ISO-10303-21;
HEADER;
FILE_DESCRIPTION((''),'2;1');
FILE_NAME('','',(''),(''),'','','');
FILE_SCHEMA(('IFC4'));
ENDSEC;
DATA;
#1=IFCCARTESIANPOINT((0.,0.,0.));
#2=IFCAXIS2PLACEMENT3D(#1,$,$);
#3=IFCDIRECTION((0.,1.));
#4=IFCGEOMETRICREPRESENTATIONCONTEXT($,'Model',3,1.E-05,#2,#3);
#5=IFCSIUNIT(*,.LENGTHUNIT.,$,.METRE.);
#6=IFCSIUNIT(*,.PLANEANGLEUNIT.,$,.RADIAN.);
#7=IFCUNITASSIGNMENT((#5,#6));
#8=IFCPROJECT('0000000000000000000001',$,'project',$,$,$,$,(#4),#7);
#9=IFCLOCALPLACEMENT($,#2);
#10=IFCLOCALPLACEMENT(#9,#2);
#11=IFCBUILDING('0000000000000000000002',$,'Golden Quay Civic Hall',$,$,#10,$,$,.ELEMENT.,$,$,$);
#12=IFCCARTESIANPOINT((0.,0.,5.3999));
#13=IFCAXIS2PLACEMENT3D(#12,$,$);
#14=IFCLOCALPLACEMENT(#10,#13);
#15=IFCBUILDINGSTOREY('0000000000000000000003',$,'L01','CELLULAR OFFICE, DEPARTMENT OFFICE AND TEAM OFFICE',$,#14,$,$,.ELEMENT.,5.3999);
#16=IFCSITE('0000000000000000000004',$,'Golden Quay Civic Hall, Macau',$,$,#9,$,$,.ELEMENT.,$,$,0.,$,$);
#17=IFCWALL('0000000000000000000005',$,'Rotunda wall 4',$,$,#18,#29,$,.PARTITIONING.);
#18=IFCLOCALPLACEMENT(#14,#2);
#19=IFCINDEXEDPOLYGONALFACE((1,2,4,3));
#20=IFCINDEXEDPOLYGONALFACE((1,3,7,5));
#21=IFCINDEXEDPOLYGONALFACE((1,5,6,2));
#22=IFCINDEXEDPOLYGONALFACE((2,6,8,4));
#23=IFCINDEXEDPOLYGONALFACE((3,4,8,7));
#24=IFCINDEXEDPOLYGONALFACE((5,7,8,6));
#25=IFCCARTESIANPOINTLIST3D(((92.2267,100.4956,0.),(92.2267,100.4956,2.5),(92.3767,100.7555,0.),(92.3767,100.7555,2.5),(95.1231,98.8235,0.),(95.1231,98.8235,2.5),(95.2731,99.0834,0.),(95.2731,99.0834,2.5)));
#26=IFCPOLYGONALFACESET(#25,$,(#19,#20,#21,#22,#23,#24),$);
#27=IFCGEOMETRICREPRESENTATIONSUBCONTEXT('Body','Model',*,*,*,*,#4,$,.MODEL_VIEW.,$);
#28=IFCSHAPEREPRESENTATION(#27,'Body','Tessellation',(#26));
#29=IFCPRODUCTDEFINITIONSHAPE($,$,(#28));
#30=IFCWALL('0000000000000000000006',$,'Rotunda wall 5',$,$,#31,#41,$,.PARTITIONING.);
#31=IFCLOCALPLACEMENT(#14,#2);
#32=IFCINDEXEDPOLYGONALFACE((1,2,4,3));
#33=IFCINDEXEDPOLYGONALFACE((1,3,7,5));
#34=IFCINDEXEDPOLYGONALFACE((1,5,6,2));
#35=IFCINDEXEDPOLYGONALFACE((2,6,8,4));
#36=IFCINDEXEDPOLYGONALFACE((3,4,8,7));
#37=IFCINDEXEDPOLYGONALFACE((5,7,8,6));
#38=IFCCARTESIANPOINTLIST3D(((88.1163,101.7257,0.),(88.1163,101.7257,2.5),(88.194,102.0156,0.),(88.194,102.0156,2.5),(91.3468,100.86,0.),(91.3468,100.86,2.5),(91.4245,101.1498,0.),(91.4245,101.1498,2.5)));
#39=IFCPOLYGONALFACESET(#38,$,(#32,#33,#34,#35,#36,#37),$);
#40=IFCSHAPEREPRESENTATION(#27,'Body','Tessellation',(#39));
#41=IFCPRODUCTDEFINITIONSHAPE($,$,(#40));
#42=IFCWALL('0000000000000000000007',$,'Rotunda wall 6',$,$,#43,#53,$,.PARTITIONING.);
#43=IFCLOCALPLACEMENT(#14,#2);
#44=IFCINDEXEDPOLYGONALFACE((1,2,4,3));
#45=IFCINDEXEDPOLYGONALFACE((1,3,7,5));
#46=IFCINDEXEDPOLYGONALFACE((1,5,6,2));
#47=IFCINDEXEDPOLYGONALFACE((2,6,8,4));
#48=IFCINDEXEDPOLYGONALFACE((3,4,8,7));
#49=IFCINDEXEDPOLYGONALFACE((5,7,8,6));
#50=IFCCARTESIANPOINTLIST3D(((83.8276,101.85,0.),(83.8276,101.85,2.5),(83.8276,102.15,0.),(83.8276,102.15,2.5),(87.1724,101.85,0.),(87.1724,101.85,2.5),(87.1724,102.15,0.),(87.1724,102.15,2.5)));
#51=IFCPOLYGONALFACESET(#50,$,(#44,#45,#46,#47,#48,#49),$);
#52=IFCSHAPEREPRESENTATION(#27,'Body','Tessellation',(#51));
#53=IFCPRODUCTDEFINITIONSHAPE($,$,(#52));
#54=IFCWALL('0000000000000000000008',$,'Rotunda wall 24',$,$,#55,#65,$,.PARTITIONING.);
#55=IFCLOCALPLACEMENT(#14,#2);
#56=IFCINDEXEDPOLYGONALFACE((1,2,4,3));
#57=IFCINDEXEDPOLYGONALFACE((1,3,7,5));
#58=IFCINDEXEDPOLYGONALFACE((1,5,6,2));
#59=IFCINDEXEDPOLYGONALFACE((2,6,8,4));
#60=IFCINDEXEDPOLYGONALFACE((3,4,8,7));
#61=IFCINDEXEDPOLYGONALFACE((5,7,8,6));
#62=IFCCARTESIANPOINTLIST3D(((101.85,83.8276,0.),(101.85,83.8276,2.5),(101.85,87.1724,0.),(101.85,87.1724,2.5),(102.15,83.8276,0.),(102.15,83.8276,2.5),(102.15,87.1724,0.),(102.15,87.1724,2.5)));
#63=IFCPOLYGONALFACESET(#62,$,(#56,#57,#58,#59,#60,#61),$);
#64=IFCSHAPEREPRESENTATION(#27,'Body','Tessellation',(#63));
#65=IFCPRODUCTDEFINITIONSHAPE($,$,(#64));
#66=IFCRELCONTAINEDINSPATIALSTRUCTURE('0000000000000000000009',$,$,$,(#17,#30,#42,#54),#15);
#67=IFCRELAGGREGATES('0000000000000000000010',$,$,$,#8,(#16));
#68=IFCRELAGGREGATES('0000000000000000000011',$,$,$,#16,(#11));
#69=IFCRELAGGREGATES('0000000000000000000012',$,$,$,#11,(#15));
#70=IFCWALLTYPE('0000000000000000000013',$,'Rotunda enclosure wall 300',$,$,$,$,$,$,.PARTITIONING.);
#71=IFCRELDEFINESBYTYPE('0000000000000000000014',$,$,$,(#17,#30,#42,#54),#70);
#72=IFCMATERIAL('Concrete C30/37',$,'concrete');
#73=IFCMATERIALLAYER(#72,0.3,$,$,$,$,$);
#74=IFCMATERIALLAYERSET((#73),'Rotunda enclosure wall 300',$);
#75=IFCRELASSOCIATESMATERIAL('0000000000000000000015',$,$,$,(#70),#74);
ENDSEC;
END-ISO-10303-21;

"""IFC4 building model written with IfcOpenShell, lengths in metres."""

from ifc_helpers import new_model, si_unit, direction, frame, frame_2d, origin, place, context, subcontext, project, spatial, rectangle, extrude, material, layer, layer_set, type_object, element, save


model = new_model("IFC4")

# Units and contexts
model_context = context("Model", 3, precision=1e-05, world=origin(), true_north=direction((0.0, 1.0)))
body_context = subcontext(model_context, "Body", "Model", "MODEL_VIEW")
ifc_project = project(units=[si_unit("LENGTHUNIT", "METRE"), si_unit("PLANEANGLEUNIT", "RADIAN")], contexts=[model_context])

# Site, building, storey
site_placement = place(None, origin())
site = spatial("IfcSite", under=ifc_project, at=site_placement, Name="Golden Quay Civic Hall, Macau", CompositionType="ELEMENT", RefElevation=0.0)
building_placement = place(site_placement, origin())
building = spatial("IfcBuilding", under=site, at=building_placement, Name="Golden Quay Civic Hall", CompositionType="ELEMENT")
storey_placement = place(building_placement, frame((0.0, 0.0, 5.3999)))
storey = spatial("IfcBuildingStorey", under=building, at=storey_placement, Name="L01", Description="CELLULAR OFFICE, DEPARTMENT OFFICE AND TEAM OFFICE", CompositionType="ELEMENT", Elevation=5.3999)

# Walls
ifc_material_1 = material(Name="Concrete C30/37", Category="concrete")
ifc_layer_1 = layer(ifc_material_1, 0.3)
ifc_layer_set_1 = layer_set([ifc_layer_1], Name="Rotunda enclosure wall 300")
wall_type_1 = type_object("IfcWallType", Name="Rotunda enclosure wall 300", PredefinedType="PARTITIONING", material=ifc_layer_set_1)
for number, where, z_axis, x_axis, name in (
    (1, (95.1982, 98.9534, 0.0), (0.0, 0.0, 1.0), (-0.866047, 0.499963, 0.0), "Rotunda wall 4"),
    (2, (91.3857, 101.0049, 0.0), (0.0, 0.0, 1.0), (-0.965917, 0.258853, 0.0), "Rotunda wall 5"),
):
    element("IfcWall", number, at=place(storey_placement, frame(where, z_axis=z_axis, x_axis=x_axis)), inside=storey, type_object=wall_type_1, Name=name, PredefinedType="PARTITIONING", context=body_context, shape_type="SweptSolid", body=[
        extrude(rectangle(XDim=3.3445, YDim=0.3, at=frame_2d((1.6724, 0.0))), origin(), (0.0, 0.0, 1.0), 2.5),
    ])
for number, where, z_axis, x_axis, name in (
    (3, (87.1724, 102.0, 0.0), (0.0, 0.0, 1.0), (-1.0, 0.0, 0.0), "Rotunda wall 6"),
    (4, (102.0, 83.8276, 0.0), (0.0, 0.0, 1.0), (0.0, 1.0, 0.0), "Rotunda wall 24"),
):
    element("IfcWall", number, at=place(storey_placement, frame(where, z_axis=z_axis, x_axis=x_axis)), inside=storey, type_object=wall_type_1, Name=name, PredefinedType="PARTITIONING", context=body_context, shape_type="SweptSolid", body=[
        extrude(rectangle(XDim=3.3447, YDim=0.3, at=frame_2d((1.6724, 0.0))), origin(), (0.0, 0.0, 1.0), 2.5),
    ])

save(model, "model.ifc")
